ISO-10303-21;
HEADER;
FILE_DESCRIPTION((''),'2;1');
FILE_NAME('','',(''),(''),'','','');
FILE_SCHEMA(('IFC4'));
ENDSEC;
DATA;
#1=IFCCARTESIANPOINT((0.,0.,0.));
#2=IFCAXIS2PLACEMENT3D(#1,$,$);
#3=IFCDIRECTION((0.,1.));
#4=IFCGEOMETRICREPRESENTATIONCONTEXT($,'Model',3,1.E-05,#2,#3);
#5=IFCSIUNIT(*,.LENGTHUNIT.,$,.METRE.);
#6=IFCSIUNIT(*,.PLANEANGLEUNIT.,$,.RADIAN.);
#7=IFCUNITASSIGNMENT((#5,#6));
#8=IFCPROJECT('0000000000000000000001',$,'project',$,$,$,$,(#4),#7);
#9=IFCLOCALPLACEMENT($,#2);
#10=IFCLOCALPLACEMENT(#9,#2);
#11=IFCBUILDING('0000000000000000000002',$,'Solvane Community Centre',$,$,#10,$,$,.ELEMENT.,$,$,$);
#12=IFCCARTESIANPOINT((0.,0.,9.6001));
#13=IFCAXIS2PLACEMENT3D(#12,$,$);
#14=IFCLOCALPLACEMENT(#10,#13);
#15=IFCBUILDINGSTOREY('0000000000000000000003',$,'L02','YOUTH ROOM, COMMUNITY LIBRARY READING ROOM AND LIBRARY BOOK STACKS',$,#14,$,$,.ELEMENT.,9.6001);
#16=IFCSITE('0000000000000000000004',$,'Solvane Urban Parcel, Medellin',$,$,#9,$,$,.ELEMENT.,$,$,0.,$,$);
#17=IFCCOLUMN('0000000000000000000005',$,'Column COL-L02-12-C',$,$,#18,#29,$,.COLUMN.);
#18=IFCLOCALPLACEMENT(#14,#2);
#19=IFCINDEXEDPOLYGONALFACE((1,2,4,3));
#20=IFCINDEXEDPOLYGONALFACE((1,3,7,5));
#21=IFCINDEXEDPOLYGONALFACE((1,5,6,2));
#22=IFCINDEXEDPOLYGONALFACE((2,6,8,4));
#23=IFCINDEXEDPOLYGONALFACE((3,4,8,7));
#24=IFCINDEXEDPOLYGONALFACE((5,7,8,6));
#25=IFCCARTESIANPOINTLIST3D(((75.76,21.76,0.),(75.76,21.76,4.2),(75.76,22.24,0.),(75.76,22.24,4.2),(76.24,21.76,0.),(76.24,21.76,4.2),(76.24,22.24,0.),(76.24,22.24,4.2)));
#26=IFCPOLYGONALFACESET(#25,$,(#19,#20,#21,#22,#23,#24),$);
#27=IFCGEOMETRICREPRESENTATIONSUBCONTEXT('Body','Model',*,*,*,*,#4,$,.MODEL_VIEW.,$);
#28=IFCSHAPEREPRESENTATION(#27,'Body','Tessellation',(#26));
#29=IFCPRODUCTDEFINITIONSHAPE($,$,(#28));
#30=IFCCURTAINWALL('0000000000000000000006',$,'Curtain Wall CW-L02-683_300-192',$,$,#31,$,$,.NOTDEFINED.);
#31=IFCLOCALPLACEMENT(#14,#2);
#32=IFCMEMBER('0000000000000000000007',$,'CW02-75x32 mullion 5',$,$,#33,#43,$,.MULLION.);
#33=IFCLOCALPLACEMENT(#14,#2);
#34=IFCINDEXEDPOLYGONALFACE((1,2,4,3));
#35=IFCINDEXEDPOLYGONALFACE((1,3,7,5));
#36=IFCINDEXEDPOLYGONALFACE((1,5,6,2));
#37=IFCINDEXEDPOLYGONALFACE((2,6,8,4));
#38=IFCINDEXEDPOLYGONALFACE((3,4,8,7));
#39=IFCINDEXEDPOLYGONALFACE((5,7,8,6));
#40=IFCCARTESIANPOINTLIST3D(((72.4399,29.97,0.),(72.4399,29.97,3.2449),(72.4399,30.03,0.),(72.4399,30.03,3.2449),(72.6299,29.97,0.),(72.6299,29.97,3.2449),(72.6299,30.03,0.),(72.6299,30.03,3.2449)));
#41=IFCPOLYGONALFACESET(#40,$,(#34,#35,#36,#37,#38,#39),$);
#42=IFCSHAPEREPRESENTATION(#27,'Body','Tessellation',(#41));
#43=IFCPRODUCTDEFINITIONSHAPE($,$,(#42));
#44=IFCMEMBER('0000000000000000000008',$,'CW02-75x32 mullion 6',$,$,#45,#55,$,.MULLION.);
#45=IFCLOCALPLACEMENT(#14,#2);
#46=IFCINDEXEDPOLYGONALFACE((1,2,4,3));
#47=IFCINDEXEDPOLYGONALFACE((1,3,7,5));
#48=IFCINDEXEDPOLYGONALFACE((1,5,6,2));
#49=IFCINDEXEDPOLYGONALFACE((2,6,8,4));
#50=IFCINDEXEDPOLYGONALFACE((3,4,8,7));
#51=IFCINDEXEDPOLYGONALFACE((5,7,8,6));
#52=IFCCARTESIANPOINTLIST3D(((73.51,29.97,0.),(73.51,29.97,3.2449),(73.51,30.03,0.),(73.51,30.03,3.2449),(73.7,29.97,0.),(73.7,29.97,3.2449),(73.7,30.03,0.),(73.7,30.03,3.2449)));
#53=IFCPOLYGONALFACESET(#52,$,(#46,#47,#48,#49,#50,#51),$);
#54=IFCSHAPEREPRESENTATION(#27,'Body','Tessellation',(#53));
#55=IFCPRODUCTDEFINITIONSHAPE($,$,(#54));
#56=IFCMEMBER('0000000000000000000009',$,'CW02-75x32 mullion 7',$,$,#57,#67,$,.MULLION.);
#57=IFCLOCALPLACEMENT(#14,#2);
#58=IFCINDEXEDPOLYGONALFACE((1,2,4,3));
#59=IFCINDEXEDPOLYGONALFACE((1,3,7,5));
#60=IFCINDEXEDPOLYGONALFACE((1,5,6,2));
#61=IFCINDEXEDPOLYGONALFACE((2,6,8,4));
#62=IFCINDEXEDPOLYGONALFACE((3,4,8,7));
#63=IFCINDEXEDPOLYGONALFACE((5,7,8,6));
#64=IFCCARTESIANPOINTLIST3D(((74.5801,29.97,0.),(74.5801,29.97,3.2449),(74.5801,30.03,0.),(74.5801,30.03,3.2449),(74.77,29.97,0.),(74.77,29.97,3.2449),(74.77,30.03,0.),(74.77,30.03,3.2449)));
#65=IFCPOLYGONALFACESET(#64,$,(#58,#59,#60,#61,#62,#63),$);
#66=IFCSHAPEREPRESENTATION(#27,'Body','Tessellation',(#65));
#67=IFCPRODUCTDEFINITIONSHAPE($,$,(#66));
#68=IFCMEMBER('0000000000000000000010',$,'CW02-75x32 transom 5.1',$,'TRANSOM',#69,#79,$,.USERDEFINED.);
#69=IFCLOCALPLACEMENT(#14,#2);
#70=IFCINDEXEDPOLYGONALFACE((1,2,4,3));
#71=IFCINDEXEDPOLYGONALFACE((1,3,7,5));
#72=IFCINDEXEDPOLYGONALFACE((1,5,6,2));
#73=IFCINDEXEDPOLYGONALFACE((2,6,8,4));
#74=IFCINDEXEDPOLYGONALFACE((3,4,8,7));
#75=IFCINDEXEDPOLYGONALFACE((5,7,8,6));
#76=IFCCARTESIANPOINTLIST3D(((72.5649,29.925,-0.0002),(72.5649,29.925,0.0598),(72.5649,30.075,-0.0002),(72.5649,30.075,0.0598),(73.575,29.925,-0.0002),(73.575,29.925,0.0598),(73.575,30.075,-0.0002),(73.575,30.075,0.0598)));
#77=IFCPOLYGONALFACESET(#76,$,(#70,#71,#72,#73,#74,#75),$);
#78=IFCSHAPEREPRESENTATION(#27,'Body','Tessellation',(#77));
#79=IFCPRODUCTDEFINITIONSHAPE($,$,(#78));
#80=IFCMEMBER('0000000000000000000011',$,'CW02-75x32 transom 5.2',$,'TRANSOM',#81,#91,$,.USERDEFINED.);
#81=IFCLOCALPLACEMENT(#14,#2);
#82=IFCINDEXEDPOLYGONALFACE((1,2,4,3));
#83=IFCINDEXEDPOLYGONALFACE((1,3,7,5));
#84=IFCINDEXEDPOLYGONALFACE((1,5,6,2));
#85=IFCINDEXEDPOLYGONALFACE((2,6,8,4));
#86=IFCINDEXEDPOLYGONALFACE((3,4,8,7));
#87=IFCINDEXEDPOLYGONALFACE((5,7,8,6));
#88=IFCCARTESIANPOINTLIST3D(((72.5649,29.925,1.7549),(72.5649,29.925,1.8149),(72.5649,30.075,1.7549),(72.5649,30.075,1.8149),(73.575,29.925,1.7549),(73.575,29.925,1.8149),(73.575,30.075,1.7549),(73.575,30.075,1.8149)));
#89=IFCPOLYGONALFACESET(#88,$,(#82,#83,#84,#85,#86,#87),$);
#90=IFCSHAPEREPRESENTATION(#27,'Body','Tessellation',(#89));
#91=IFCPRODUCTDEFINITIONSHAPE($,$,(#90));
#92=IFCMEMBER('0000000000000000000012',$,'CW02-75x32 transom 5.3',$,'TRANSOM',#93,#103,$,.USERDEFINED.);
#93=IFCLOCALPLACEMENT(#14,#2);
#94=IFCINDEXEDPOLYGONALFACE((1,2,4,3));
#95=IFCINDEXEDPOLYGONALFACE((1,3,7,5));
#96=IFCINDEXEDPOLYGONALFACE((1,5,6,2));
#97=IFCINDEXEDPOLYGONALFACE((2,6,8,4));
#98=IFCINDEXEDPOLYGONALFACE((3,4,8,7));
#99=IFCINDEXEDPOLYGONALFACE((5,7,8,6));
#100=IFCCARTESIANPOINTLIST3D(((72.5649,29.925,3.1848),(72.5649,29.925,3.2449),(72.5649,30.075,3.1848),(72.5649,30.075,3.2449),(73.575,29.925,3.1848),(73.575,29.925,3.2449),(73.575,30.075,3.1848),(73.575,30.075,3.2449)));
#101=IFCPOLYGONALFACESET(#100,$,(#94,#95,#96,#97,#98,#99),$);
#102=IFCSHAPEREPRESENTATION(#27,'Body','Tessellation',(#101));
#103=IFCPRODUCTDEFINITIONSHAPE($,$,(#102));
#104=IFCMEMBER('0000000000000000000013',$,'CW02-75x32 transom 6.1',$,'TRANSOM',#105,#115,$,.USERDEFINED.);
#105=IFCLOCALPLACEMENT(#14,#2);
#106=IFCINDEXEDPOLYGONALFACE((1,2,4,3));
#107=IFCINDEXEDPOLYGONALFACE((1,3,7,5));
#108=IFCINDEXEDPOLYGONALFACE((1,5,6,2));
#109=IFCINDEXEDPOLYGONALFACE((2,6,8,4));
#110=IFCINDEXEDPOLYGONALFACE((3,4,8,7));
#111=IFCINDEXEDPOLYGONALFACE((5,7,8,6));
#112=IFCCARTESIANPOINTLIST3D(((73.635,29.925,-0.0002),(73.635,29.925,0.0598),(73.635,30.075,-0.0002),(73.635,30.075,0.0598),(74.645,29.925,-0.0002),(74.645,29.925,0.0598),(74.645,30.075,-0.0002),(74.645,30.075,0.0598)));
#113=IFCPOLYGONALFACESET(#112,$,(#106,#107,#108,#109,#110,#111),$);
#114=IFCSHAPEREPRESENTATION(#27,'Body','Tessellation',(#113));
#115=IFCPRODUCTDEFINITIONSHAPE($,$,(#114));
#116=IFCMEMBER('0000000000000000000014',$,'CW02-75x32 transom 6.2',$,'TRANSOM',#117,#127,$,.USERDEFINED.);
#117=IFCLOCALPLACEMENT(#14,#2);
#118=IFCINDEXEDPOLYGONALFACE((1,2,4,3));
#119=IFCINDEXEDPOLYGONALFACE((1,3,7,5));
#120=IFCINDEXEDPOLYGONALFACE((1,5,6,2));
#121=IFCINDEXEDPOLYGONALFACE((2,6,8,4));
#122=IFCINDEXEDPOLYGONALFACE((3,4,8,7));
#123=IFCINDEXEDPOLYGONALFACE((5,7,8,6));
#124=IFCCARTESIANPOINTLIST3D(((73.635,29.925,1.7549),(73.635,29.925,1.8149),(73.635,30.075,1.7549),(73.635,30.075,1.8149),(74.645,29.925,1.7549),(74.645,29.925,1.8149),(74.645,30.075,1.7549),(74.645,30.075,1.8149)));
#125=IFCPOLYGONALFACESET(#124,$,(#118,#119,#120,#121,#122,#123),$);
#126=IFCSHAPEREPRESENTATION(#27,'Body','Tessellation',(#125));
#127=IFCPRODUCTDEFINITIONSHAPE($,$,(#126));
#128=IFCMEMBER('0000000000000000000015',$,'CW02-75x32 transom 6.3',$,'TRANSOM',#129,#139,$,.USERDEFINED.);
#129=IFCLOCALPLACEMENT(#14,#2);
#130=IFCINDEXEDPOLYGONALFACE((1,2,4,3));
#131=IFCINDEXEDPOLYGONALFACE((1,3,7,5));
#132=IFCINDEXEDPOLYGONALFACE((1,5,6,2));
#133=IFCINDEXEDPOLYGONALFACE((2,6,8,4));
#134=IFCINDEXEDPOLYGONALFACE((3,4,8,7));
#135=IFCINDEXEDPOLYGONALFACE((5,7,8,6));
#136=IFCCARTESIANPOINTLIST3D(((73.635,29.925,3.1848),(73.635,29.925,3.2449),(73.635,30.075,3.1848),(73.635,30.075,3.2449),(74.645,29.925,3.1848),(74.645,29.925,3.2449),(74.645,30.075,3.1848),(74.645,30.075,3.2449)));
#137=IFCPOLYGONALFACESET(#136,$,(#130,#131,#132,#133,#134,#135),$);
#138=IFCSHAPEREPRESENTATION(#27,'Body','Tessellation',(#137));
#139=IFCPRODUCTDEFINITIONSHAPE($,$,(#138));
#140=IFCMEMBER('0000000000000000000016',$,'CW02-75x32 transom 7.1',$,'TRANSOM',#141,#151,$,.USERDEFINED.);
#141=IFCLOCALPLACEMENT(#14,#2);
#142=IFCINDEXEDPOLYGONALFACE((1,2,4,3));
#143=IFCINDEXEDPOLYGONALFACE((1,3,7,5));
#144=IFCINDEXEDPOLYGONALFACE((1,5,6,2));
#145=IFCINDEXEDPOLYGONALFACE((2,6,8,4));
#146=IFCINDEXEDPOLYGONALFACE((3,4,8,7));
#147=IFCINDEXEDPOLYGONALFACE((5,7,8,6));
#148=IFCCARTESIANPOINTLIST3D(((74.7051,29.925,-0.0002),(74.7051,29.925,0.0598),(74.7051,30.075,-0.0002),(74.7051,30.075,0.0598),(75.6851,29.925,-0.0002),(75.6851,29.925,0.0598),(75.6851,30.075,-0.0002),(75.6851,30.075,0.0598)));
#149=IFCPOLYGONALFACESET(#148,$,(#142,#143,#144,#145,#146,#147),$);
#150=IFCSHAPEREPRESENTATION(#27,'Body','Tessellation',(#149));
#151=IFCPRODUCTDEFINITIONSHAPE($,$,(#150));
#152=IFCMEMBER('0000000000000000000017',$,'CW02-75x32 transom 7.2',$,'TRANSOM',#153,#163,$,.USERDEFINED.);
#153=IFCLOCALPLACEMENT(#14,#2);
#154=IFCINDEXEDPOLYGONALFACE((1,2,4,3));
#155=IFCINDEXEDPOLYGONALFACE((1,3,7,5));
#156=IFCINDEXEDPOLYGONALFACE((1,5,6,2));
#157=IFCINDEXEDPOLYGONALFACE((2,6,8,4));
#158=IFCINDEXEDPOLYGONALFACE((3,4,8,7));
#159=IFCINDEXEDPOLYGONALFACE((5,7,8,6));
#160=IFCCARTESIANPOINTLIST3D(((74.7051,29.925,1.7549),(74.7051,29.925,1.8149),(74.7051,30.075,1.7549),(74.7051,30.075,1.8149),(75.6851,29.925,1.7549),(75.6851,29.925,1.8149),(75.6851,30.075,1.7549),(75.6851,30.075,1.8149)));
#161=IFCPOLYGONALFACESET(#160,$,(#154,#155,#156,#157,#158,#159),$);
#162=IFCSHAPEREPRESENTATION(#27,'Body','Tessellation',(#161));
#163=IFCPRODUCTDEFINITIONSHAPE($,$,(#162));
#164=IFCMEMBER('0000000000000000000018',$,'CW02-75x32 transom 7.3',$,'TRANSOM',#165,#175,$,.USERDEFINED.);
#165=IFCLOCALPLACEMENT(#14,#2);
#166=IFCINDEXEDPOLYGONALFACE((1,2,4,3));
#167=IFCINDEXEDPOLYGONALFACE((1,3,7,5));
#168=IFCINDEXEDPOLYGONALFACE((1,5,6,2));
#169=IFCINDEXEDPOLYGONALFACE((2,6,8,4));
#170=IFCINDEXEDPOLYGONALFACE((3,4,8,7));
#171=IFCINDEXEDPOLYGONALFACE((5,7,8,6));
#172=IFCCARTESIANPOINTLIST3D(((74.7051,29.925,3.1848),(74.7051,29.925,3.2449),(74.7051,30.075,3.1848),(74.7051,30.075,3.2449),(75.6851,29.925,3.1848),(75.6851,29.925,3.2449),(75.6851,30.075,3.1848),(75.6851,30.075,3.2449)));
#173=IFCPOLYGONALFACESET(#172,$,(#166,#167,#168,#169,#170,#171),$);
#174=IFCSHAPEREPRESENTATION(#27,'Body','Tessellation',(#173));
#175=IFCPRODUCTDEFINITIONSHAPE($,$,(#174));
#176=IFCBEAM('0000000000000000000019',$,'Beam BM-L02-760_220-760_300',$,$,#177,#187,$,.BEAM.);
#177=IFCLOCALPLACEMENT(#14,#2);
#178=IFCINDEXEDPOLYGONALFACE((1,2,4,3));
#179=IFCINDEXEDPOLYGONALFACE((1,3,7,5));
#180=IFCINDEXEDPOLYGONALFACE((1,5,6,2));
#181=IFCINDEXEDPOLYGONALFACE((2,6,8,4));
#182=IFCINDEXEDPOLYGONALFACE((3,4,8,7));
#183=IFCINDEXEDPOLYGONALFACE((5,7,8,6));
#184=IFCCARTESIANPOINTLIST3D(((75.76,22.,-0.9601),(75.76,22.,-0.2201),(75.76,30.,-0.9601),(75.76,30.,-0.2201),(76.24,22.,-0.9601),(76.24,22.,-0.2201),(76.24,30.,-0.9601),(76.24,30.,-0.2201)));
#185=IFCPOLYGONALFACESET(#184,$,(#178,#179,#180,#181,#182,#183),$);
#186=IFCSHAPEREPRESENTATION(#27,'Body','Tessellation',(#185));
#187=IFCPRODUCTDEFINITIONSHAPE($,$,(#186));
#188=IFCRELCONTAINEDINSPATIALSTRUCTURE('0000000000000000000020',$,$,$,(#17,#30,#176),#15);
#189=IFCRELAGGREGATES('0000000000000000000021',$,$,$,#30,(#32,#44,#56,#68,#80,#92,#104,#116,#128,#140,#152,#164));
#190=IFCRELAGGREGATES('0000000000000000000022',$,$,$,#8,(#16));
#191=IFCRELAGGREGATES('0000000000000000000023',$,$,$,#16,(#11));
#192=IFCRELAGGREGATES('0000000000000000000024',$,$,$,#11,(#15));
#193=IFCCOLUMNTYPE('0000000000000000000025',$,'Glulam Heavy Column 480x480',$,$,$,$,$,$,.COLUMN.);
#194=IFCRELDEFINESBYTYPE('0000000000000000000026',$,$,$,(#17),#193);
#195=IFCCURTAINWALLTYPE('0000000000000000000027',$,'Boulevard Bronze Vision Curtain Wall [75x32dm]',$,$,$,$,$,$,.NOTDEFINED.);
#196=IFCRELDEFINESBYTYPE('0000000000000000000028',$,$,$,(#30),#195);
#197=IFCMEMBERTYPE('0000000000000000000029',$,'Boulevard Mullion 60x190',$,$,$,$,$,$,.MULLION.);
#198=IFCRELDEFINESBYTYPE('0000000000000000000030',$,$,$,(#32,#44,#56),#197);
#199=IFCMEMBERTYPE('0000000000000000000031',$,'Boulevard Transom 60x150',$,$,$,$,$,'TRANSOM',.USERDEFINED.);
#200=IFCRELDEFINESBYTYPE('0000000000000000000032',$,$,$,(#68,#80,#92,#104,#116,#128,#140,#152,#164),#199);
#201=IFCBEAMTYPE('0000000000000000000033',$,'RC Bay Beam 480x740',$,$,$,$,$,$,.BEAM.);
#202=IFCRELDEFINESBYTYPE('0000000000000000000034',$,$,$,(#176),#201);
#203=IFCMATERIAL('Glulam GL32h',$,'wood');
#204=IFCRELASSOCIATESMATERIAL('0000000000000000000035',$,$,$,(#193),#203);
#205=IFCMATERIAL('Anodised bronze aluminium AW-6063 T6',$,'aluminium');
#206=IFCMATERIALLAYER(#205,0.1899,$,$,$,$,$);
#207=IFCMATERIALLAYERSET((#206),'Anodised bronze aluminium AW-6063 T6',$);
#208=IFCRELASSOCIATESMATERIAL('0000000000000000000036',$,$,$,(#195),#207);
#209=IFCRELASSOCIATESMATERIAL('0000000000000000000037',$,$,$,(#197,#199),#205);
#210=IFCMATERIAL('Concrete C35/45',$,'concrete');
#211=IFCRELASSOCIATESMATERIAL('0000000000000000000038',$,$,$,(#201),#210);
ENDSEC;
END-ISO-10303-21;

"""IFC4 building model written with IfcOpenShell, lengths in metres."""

from ifc_helpers import new_model, si_unit, direction, frame, origin, origin_2d, place, context, subcontext, project, spatial, rectangle, extrude, material, layer, layer_set, material_profile, profile_set, type_object, element, aggregate, save


model = new_model("IFC4")

# Units and contexts
model_context = context("Model", 3, precision=1e-05, world=origin(), true_north=direction((0.0, 1.0)))
body_context = subcontext(model_context, "Body", "Model", "MODEL_VIEW")
ifc_project = project(units=[si_unit("LENGTHUNIT", "METRE"), si_unit("PLANEANGLEUNIT", "RADIAN")], contexts=[model_context])

# Site, building, storey
site_placement = place(None, origin())
site = spatial("IfcSite", under=ifc_project, at=site_placement, Name="Solvane Urban Parcel, Medellin", CompositionType="ELEMENT", RefElevation=0.0)
building_placement = place(site_placement, origin())
building = spatial("IfcBuilding", under=site, at=building_placement, Name="Solvane Community Centre", CompositionType="ELEMENT")
storey_placement = place(building_placement, frame((0.0, 0.0, 9.6001)))
storey = spatial("IfcBuildingStorey", under=building, at=storey_placement, Name="L02", Description="YOUTH ROOM, COMMUNITY LIBRARY READING ROOM AND LIBRARY BOOK STACKS", CompositionType="ELEMENT", Elevation=9.6001)

# Column
ifc_material_1 = material(Name="Glulam GL32h", Category="wood")
ifc_material_profile_1 = material_profile(ifc_material_1, rectangle(XDim=0.48, YDim=0.48, at=origin_2d()), Name="GL32h 480x480")
ifc_profile_set_1 = profile_set([ifc_material_profile_1], Name="Glulam GL32h")
column_type = type_object("IfcColumnType", Name="Glulam Heavy Column 480x480", PredefinedType="COLUMN", material=ifc_profile_set_1)
column_placement = place(storey_placement, frame((76.0, 22.0, 0.0), z_axis=(0.0, 0.0, 1.0), x_axis=(1.0, 0.0, 0.0)))
element("IfcColumn", 1, at=column_placement, inside=storey, type_object=column_type, Name="Column COL-L02-12-C", PredefinedType="COLUMN", context=body_context, shape_type="SweptSolid", body=[
    extrude(rectangle(XDim=0.48, YDim=0.48, at=origin_2d()), origin(), (0.0, 0.0, 1.0), 4.2),
])

# Curtain wall, members
ifc_material_2 = material(Name="Anodised bronze aluminium AW-6063 T6", Category="aluminium")
ifc_layer_1 = layer(ifc_material_2, 0.1899)
ifc_layer_set_1 = layer_set([ifc_layer_1], Name="Anodised bronze aluminium AW-6063 T6")
curtain_wall_type = type_object("IfcCurtainWallType", Name="Boulevard Bronze Vision Curtain Wall [75x32dm]", PredefinedType="NOTDEFINED", material=ifc_layer_set_1)
curtain_wall_placement = place(storey_placement, origin())
curtain_wall = element("IfcCurtainWall", 2, at=curtain_wall_placement, inside=storey, type_object=curtain_wall_type, Name="Curtain Wall CW-L02-683_300-192", PredefinedType="NOTDEFINED")
ifc_material_profile_2 = material_profile(ifc_material_2, rectangle(XDim=0.0601, YDim=0.1899, at=origin_2d()), Name="CW-M 60x190")
ifc_profile_set_2 = profile_set([ifc_material_profile_2], Name="Anodised bronze aluminium AW-6063 T6")
member_type_1 = type_object("IfcMemberType", Name="Boulevard Mullion 60x190", PredefinedType="MULLION", material=ifc_profile_set_2)
member_1_placement = place(storey_placement, frame((72.5349, 30.0, 0.0), z_axis=(0.0, 0.0, 1.0), x_axis=(0.0, 1.0, 0.0)))
member_1 = element("IfcMember", 3, at=member_1_placement, type_object=member_type_1, Name="CW02-75x32 mullion 5", PredefinedType="MULLION", context=body_context, shape_type="SweptSolid", body=[
    extrude(rectangle(XDim=0.0601, YDim=0.1899, at=origin_2d()), origin(), (0.0, 0.0, 1.0), 3.2449),
])
member_2_placement = place(storey_placement, frame((73.605, 30.0, 0.0), z_axis=(0.0, 0.0, 1.0), x_axis=(0.0, 1.0, 0.0)))
member_2 = element("IfcMember", 4, at=member_2_placement, type_object=member_type_1, Name="CW02-75x32 mullion 6", PredefinedType="MULLION", context=body_context, shape_type="SweptSolid", body=[
    extrude(rectangle(XDim=0.0601, YDim=0.1899, at=origin_2d()), origin(), (0.0, 0.0, 1.0), 3.2449),
])
member_3_placement = place(storey_placement, frame((74.675, 30.0, 0.0), z_axis=(0.0, 0.0, 1.0), x_axis=(0.0, 1.0, 0.0)))
member_3 = element("IfcMember", 5, at=member_3_placement, type_object=member_type_1, Name="CW02-75x32 mullion 7", PredefinedType="MULLION", context=body_context, shape_type="SweptSolid", body=[
    extrude(rectangle(XDim=0.0601, YDim=0.1899, at=origin_2d()), origin(), (0.0, 0.0, 1.0), 3.2449),
])
ifc_material_profile_3 = material_profile(ifc_material_2, rectangle(XDim=0.1499, YDim=0.0601, at=origin_2d()), Name="CW-T 60x150")
ifc_profile_set_3 = profile_set([ifc_material_profile_3], Name="Anodised bronze aluminium AW-6063 T6")
member_type_2 = type_object("IfcMemberType", Name="Boulevard Transom 60x150", ElementType="TRANSOM", PredefinedType="USERDEFINED", material=ifc_profile_set_3)
member_4_placement = place(storey_placement, frame((72.5649, 30.0, 0.0298), z_axis=(1.0, 0.0, 0.0), x_axis=(0.0, 1.0, 0.0)))
member_4 = element("IfcMember", 6, at=member_4_placement, type_object=member_type_2, Name="CW02-75x32 transom 5.1", ObjectType="TRANSOM", PredefinedType="USERDEFINED", context=body_context, shape_type="SweptSolid", body=[
    extrude(rectangle(XDim=0.1499, YDim=0.0601, at=origin_2d()), origin(), (0.0, 0.0, 1.0), 1.01),
])
member_5_placement = place(storey_placement, frame((72.5649, 30.0, 1.7849), z_axis=(1.0, 0.0, 0.0), x_axis=(0.0, 1.0, 0.0)))
member_5 = element("IfcMember", 7, at=member_5_placement, type_object=member_type_2, Name="CW02-75x32 transom 5.2", ObjectType="TRANSOM", PredefinedType="USERDEFINED", context=body_context, shape_type="SweptSolid", body=[
    extrude(rectangle(XDim=0.1499, YDim=0.0601, at=origin_2d()), origin(), (0.0, 0.0, 1.0), 1.01),
])
member_6_placement = place(storey_placement, frame((72.5649, 30.0, 3.2148), z_axis=(1.0, 0.0, 0.0), x_axis=(0.0, 1.0, 0.0)))
member_6 = element("IfcMember", 8, at=member_6_placement, type_object=member_type_2, Name="CW02-75x32 transom 5.3", ObjectType="TRANSOM", PredefinedType="USERDEFINED", context=body_context, shape_type="SweptSolid", body=[
    extrude(rectangle(XDim=0.1499, YDim=0.0601, at=origin_2d()), origin(), (0.0, 0.0, 1.0), 1.01),
])
member_7_placement = place(storey_placement, frame((73.635, 30.0, 0.0298), z_axis=(1.0, 0.0, 0.0), x_axis=(0.0, 1.0, 0.0)))
member_7 = element("IfcMember", 9, at=member_7_placement, type_object=member_type_2, Name="CW02-75x32 transom 6.1", ObjectType="TRANSOM", PredefinedType="USERDEFINED", context=body_context, shape_type="SweptSolid", body=[
    extrude(rectangle(XDim=0.1499, YDim=0.0601, at=origin_2d()), origin(), (0.0, 0.0, 1.0), 1.01),
])
member_8_placement = place(storey_placement, frame((73.635, 30.0, 1.7849), z_axis=(1.0, 0.0, 0.0), x_axis=(0.0, 1.0, 0.0)))
member_8 = element("IfcMember", 10, at=member_8_placement, type_object=member_type_2, Name="CW02-75x32 transom 6.2", ObjectType="TRANSOM", PredefinedType="USERDEFINED", context=body_context, shape_type="SweptSolid", body=[
    extrude(rectangle(XDim=0.1499, YDim=0.0601, at=origin_2d()), origin(), (0.0, 0.0, 1.0), 1.01),
])
member_9_placement = place(storey_placement, frame((73.635, 30.0, 3.2148), z_axis=(1.0, 0.0, 0.0), x_axis=(0.0, 1.0, 0.0)))
member_9 = element("IfcMember", 11, at=member_9_placement, type_object=member_type_2, Name="CW02-75x32 transom 6.3", ObjectType="TRANSOM", PredefinedType="USERDEFINED", context=body_context, shape_type="SweptSolid", body=[
    extrude(rectangle(XDim=0.1499, YDim=0.0601, at=origin_2d()), origin(), (0.0, 0.0, 1.0), 1.01),
])
member_10_placement = place(storey_placement, frame((74.7051, 30.0, 0.0298), z_axis=(1.0, 0.0, 0.0), x_axis=(0.0, 1.0, 0.0)))
member_10 = element("IfcMember", 12, at=member_10_placement, type_object=member_type_2, Name="CW02-75x32 transom 7.1", ObjectType="TRANSOM", PredefinedType="USERDEFINED", context=body_context, shape_type="SweptSolid", body=[
    extrude(rectangle(XDim=0.1499, YDim=0.0601, at=origin_2d()), origin(), (0.0, 0.0, 1.0), 0.98),
])
member_11_placement = place(storey_placement, frame((74.7051, 30.0, 1.7849), z_axis=(1.0, 0.0, 0.0), x_axis=(0.0, 1.0, 0.0)))
member_11 = element("IfcMember", 13, at=member_11_placement, type_object=member_type_2, Name="CW02-75x32 transom 7.2", ObjectType="TRANSOM", PredefinedType="USERDEFINED", context=body_context, shape_type="SweptSolid", body=[
    extrude(rectangle(XDim=0.1499, YDim=0.0601, at=origin_2d()), origin(), (0.0, 0.0, 1.0), 0.98),
])
member_12_placement = place(storey_placement, frame((74.7051, 30.0, 3.2148), z_axis=(1.0, 0.0, 0.0), x_axis=(0.0, 1.0, 0.0)))
member_12 = element("IfcMember", 14, at=member_12_placement, type_object=member_type_2, Name="CW02-75x32 transom 7.3", ObjectType="TRANSOM", PredefinedType="USERDEFINED", context=body_context, shape_type="SweptSolid", body=[
    extrude(rectangle(XDim=0.1499, YDim=0.0601, at=origin_2d()), origin(), (0.0, 0.0, 1.0), 0.98),
])

# Beam
ifc_material_3 = material(Name="Concrete C35/45", Category="concrete")
ifc_material_profile_4 = material_profile(ifc_material_3, rectangle(XDim=0.48, YDim=0.74, at=origin_2d()), Name="RC 480x740")
ifc_profile_set_4 = profile_set([ifc_material_profile_4], Name="Concrete C35/45")
beam_type_1 = type_object("IfcBeamType", Name="RC Bay Beam 480x740", PredefinedType="BEAM", material=ifc_profile_set_4)
beam_1_placement = place(storey_placement, frame((76.0, 22.0, -0.5901), z_axis=(0.0, 1.0, 0.0), x_axis=(-1.0, 0.0, 0.0)))
element("IfcBeam", 15, at=beam_1_placement, inside=storey, type_object=beam_type_1, Name="Beam BM-L02-760_220-760_300", PredefinedType="BEAM", context=body_context, shape_type="SweptSolid", body=[
    extrude(rectangle(XDim=0.48, YDim=0.74, at=origin_2d()), origin(), (0.0, 0.0, 1.0), 8.0),
])

aggregate(curtain_wall, [member_1, member_2, member_3, member_4, member_5, member_6, member_7, member_8, member_9, member_10, member_11, member_12])

save(model, "model.ifc")
